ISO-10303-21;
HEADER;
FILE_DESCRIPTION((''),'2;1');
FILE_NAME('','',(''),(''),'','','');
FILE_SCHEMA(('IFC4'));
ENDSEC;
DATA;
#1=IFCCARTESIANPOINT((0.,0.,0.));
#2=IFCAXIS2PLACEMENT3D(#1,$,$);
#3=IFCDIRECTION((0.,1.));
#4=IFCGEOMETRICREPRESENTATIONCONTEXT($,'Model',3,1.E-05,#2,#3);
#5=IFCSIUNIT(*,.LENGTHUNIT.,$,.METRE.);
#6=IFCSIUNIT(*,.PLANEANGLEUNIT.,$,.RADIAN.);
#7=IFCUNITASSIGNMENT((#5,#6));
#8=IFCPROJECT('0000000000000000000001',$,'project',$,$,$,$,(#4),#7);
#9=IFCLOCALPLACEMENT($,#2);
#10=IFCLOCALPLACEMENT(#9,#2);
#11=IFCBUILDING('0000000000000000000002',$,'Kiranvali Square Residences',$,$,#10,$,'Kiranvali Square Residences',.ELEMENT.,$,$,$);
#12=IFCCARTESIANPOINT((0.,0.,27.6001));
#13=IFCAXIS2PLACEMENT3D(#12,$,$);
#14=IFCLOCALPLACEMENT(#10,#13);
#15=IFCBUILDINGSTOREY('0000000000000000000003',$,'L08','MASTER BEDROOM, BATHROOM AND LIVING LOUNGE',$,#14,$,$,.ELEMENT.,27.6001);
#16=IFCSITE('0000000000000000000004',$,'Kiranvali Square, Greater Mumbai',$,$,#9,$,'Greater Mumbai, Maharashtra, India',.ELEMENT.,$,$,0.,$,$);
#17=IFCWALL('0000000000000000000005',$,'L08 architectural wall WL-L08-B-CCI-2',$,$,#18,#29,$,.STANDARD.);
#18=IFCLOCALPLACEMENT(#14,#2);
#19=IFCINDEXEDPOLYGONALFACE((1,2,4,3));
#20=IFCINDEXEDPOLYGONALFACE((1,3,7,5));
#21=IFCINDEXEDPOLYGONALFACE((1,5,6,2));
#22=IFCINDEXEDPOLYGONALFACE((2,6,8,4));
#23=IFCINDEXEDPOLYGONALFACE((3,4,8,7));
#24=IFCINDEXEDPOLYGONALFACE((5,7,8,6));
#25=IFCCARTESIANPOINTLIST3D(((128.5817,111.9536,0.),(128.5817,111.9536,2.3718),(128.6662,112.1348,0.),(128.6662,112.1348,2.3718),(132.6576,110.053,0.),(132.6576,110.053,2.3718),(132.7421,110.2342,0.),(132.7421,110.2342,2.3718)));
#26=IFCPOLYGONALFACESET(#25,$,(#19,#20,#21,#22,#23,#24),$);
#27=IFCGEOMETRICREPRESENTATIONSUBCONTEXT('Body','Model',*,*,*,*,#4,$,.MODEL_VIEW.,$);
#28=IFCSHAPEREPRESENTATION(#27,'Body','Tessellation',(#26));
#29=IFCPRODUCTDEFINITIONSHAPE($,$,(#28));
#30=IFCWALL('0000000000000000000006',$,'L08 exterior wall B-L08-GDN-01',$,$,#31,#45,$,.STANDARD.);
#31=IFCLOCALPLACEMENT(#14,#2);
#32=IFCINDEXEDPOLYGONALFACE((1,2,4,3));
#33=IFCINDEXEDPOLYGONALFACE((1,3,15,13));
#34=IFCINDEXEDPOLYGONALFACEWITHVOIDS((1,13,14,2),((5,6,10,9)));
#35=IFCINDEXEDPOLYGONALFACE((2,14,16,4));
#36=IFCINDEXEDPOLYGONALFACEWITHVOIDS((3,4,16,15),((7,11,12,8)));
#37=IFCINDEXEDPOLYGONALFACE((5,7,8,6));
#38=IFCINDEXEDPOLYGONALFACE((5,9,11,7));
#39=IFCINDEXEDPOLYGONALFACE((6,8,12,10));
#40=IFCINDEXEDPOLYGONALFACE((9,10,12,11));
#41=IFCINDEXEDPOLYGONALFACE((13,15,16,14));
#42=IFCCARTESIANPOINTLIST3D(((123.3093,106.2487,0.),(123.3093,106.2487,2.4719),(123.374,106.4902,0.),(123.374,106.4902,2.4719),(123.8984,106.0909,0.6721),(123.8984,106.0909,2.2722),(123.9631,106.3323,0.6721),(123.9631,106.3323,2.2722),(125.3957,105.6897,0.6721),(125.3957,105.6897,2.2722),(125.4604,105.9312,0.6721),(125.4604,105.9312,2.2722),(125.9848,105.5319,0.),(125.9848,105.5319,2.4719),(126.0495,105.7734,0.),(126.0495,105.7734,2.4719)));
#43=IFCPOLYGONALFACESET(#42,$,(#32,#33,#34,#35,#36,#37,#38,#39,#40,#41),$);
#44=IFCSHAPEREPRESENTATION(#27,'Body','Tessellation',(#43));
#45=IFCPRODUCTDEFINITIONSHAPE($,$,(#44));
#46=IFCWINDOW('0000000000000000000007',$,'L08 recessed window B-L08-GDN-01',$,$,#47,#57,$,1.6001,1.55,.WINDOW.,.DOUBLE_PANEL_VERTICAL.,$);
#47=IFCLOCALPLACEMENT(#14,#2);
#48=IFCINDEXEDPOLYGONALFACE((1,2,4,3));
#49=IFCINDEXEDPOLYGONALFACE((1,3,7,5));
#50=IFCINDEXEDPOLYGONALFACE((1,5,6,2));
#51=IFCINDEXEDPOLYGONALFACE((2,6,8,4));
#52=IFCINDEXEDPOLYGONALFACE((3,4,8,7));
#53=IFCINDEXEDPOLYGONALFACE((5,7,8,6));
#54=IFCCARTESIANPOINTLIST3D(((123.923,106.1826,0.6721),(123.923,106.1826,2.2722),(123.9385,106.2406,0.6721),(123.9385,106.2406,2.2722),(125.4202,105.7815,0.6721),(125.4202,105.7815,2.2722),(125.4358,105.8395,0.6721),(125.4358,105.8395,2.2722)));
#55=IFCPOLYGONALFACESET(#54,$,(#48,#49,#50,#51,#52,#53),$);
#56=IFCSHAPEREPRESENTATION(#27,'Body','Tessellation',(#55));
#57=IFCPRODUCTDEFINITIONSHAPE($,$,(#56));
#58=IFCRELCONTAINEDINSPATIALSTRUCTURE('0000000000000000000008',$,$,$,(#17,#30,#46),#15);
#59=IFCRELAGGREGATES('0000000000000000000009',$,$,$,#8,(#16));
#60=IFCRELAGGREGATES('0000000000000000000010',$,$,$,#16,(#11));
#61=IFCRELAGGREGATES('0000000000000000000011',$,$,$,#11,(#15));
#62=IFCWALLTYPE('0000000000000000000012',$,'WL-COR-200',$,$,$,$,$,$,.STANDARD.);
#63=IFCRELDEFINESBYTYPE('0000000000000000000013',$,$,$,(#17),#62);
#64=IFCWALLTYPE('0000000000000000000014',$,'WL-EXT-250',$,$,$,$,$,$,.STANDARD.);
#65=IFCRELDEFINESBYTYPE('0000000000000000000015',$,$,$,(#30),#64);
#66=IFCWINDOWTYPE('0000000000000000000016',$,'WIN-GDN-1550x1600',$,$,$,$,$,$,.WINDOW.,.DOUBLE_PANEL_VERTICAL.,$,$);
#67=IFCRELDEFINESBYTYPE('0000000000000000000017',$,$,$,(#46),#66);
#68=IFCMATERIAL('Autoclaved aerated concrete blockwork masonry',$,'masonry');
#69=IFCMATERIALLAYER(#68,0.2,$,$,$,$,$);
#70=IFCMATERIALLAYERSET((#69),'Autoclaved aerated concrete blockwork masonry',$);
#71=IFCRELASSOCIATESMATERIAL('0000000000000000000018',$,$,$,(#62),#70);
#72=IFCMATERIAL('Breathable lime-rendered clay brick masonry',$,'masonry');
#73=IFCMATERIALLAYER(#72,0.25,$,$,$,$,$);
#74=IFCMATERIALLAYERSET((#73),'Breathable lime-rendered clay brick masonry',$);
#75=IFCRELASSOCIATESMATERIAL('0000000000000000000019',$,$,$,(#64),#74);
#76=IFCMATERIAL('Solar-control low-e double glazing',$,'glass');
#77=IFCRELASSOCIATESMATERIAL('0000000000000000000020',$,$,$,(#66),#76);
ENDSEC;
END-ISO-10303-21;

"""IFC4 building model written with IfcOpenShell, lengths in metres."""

from ifc_helpers import new_model, si_unit, direction, frame, frame_2d, origin, place, context, subcontext, project, spatial, rectangle, extrude, material, layer, layer_set, type_object, element, fill, save


model = new_model("IFC4")

# Units and contexts
model_context = context("Model", 3, precision=1e-05, world=origin(), true_north=direction((0.0, 1.0)))
body_context = subcontext(model_context, "Body", "Model", "MODEL_VIEW")
ifc_project = project(units=[si_unit("LENGTHUNIT", "METRE"), si_unit("PLANEANGLEUNIT", "RADIAN")], contexts=[model_context])

# Site, building, storey
site_placement = place(None, origin())
site = spatial("IfcSite", under=ifc_project, at=site_placement, Name="Kiranvali Square, Greater Mumbai", LongName="Greater Mumbai, Maharashtra, India", CompositionType="ELEMENT", RefElevation=0.0)
building_placement = place(site_placement, origin())
building = spatial("IfcBuilding", under=site, at=building_placement, Name="Kiranvali Square Residences", LongName="Kiranvali Square Residences", CompositionType="ELEMENT")
storey_placement = place(building_placement, frame((0.0, 0.0, 27.6001)))
storey = spatial("IfcBuildingStorey", under=building, at=storey_placement, Name="L08", Description="MASTER BEDROOM, BATHROOM AND LIVING LOUNGE", CompositionType="ELEMENT", Elevation=27.6001)

# Wall
ifc_material_1 = material(Name="Autoclaved aerated concrete blockwork masonry", Category="masonry")
ifc_layer_1 = layer(ifc_material_1, 0.2)
ifc_layer_set_1 = layer_set([ifc_layer_1], Name="Autoclaved aerated concrete blockwork masonry")
wall_type_1 = type_object("IfcWallType", Name="WL-COR-200", PredefinedType="STANDARD", material=ifc_layer_set_1)
wall_1_placement = place(storey_placement, frame((128.624, 112.0442, 0.0), z_axis=(0.0, 0.0, 1.0), x_axis=(0.906308, -0.422618, 0.0)))
element("IfcWall", 1, at=wall_1_placement, inside=storey, type_object=wall_type_1, Name="L08 architectural wall WL-L08-B-CCI-2", PredefinedType="STANDARD", context=body_context, shape_type="SweptSolid", body=[
    extrude(rectangle(XDim=4.4973, YDim=0.2, at=frame_2d((2.2485, 0.0))), origin(), (0.0, 0.0, 1.0), 2.3718),
])

# Wall, opening, window
ifc_material_2 = material(Name="Breathable lime-rendered clay brick masonry", Category="masonry")
ifc_layer_2 = layer(ifc_material_2, 0.25)
ifc_layer_set_2 = layer_set([ifc_layer_2], Name="Breathable lime-rendered clay brick masonry")
wall_type_2 = type_object("IfcWallType", Name="WL-EXT-250", PredefinedType="STANDARD", material=ifc_layer_set_2)
wall_2_placement = place(storey_placement, frame((123.3418, 106.3694, 0.0), z_axis=(0.0, 0.0, 1.0), x_axis=(0.965936, -0.258782, 0.0)))
wall_2 = element("IfcWall", 2, at=wall_2_placement, inside=storey, type_object=wall_type_2, Name="L08 exterior wall B-L08-GDN-01", PredefinedType="STANDARD", context=body_context, shape_type="SweptSolid", body=[
    extrude(rectangle(XDim=2.7698, YDim=0.25, at=frame_2d((1.3848, 0.0))), origin(), (0.0, 0.0, 1.0), 2.4719),
])
opening_placement = place(wall_2_placement, frame((0.6099, 0.0, 0.6721)))
opening = element("IfcOpeningElement", 3, at=opening_placement, cuts=wall_2, PredefinedType="OPENING", context=body_context, shape_type="SweptSolid", body=[
    extrude(rectangle(XDim=1.55, YDim=1.6001, at=frame_2d((0.7749, 0.8))), frame((0.0, 0.135, 0.0), z_axis=(0.0, -1.0, 0.0), x_axis=(1.0, 0.0, 0.0)), (0.0, 0.0, 1.0), 0.27),
])
ifc_material_3 = material(Name="Solar-control low-e double glazing", Category="glass")
window_type = type_object("IfcWindowType", Name="WIN-GDN-1550x1600", PartitioningType="DOUBLE_PANEL_VERTICAL", PredefinedType="WINDOW", material=ifc_material_3)
window_placement = place(opening_placement, origin())
window = element("IfcWindow", 4, at=window_placement, inside=storey, type_object=window_type, Name="L08 recessed window B-L08-GDN-01", OverallHeight=1.6001, OverallWidth=1.55, PartitioningType="DOUBLE_PANEL_VERTICAL", PredefinedType="WINDOW", context=body_context, shape_type="SweptSolid", body=[
    extrude(rectangle(XDim=1.55, YDim=1.6001, at=frame_2d((0.7749, 0.8))), frame((0.0, 0.03, 0.0), z_axis=(0.0, -1.0, 0.0), x_axis=(1.0, 0.0, 0.0)), (0.0, 0.0, 1.0), 0.0601),
])
fill(opening, window)

save(model, "model.ifc")
